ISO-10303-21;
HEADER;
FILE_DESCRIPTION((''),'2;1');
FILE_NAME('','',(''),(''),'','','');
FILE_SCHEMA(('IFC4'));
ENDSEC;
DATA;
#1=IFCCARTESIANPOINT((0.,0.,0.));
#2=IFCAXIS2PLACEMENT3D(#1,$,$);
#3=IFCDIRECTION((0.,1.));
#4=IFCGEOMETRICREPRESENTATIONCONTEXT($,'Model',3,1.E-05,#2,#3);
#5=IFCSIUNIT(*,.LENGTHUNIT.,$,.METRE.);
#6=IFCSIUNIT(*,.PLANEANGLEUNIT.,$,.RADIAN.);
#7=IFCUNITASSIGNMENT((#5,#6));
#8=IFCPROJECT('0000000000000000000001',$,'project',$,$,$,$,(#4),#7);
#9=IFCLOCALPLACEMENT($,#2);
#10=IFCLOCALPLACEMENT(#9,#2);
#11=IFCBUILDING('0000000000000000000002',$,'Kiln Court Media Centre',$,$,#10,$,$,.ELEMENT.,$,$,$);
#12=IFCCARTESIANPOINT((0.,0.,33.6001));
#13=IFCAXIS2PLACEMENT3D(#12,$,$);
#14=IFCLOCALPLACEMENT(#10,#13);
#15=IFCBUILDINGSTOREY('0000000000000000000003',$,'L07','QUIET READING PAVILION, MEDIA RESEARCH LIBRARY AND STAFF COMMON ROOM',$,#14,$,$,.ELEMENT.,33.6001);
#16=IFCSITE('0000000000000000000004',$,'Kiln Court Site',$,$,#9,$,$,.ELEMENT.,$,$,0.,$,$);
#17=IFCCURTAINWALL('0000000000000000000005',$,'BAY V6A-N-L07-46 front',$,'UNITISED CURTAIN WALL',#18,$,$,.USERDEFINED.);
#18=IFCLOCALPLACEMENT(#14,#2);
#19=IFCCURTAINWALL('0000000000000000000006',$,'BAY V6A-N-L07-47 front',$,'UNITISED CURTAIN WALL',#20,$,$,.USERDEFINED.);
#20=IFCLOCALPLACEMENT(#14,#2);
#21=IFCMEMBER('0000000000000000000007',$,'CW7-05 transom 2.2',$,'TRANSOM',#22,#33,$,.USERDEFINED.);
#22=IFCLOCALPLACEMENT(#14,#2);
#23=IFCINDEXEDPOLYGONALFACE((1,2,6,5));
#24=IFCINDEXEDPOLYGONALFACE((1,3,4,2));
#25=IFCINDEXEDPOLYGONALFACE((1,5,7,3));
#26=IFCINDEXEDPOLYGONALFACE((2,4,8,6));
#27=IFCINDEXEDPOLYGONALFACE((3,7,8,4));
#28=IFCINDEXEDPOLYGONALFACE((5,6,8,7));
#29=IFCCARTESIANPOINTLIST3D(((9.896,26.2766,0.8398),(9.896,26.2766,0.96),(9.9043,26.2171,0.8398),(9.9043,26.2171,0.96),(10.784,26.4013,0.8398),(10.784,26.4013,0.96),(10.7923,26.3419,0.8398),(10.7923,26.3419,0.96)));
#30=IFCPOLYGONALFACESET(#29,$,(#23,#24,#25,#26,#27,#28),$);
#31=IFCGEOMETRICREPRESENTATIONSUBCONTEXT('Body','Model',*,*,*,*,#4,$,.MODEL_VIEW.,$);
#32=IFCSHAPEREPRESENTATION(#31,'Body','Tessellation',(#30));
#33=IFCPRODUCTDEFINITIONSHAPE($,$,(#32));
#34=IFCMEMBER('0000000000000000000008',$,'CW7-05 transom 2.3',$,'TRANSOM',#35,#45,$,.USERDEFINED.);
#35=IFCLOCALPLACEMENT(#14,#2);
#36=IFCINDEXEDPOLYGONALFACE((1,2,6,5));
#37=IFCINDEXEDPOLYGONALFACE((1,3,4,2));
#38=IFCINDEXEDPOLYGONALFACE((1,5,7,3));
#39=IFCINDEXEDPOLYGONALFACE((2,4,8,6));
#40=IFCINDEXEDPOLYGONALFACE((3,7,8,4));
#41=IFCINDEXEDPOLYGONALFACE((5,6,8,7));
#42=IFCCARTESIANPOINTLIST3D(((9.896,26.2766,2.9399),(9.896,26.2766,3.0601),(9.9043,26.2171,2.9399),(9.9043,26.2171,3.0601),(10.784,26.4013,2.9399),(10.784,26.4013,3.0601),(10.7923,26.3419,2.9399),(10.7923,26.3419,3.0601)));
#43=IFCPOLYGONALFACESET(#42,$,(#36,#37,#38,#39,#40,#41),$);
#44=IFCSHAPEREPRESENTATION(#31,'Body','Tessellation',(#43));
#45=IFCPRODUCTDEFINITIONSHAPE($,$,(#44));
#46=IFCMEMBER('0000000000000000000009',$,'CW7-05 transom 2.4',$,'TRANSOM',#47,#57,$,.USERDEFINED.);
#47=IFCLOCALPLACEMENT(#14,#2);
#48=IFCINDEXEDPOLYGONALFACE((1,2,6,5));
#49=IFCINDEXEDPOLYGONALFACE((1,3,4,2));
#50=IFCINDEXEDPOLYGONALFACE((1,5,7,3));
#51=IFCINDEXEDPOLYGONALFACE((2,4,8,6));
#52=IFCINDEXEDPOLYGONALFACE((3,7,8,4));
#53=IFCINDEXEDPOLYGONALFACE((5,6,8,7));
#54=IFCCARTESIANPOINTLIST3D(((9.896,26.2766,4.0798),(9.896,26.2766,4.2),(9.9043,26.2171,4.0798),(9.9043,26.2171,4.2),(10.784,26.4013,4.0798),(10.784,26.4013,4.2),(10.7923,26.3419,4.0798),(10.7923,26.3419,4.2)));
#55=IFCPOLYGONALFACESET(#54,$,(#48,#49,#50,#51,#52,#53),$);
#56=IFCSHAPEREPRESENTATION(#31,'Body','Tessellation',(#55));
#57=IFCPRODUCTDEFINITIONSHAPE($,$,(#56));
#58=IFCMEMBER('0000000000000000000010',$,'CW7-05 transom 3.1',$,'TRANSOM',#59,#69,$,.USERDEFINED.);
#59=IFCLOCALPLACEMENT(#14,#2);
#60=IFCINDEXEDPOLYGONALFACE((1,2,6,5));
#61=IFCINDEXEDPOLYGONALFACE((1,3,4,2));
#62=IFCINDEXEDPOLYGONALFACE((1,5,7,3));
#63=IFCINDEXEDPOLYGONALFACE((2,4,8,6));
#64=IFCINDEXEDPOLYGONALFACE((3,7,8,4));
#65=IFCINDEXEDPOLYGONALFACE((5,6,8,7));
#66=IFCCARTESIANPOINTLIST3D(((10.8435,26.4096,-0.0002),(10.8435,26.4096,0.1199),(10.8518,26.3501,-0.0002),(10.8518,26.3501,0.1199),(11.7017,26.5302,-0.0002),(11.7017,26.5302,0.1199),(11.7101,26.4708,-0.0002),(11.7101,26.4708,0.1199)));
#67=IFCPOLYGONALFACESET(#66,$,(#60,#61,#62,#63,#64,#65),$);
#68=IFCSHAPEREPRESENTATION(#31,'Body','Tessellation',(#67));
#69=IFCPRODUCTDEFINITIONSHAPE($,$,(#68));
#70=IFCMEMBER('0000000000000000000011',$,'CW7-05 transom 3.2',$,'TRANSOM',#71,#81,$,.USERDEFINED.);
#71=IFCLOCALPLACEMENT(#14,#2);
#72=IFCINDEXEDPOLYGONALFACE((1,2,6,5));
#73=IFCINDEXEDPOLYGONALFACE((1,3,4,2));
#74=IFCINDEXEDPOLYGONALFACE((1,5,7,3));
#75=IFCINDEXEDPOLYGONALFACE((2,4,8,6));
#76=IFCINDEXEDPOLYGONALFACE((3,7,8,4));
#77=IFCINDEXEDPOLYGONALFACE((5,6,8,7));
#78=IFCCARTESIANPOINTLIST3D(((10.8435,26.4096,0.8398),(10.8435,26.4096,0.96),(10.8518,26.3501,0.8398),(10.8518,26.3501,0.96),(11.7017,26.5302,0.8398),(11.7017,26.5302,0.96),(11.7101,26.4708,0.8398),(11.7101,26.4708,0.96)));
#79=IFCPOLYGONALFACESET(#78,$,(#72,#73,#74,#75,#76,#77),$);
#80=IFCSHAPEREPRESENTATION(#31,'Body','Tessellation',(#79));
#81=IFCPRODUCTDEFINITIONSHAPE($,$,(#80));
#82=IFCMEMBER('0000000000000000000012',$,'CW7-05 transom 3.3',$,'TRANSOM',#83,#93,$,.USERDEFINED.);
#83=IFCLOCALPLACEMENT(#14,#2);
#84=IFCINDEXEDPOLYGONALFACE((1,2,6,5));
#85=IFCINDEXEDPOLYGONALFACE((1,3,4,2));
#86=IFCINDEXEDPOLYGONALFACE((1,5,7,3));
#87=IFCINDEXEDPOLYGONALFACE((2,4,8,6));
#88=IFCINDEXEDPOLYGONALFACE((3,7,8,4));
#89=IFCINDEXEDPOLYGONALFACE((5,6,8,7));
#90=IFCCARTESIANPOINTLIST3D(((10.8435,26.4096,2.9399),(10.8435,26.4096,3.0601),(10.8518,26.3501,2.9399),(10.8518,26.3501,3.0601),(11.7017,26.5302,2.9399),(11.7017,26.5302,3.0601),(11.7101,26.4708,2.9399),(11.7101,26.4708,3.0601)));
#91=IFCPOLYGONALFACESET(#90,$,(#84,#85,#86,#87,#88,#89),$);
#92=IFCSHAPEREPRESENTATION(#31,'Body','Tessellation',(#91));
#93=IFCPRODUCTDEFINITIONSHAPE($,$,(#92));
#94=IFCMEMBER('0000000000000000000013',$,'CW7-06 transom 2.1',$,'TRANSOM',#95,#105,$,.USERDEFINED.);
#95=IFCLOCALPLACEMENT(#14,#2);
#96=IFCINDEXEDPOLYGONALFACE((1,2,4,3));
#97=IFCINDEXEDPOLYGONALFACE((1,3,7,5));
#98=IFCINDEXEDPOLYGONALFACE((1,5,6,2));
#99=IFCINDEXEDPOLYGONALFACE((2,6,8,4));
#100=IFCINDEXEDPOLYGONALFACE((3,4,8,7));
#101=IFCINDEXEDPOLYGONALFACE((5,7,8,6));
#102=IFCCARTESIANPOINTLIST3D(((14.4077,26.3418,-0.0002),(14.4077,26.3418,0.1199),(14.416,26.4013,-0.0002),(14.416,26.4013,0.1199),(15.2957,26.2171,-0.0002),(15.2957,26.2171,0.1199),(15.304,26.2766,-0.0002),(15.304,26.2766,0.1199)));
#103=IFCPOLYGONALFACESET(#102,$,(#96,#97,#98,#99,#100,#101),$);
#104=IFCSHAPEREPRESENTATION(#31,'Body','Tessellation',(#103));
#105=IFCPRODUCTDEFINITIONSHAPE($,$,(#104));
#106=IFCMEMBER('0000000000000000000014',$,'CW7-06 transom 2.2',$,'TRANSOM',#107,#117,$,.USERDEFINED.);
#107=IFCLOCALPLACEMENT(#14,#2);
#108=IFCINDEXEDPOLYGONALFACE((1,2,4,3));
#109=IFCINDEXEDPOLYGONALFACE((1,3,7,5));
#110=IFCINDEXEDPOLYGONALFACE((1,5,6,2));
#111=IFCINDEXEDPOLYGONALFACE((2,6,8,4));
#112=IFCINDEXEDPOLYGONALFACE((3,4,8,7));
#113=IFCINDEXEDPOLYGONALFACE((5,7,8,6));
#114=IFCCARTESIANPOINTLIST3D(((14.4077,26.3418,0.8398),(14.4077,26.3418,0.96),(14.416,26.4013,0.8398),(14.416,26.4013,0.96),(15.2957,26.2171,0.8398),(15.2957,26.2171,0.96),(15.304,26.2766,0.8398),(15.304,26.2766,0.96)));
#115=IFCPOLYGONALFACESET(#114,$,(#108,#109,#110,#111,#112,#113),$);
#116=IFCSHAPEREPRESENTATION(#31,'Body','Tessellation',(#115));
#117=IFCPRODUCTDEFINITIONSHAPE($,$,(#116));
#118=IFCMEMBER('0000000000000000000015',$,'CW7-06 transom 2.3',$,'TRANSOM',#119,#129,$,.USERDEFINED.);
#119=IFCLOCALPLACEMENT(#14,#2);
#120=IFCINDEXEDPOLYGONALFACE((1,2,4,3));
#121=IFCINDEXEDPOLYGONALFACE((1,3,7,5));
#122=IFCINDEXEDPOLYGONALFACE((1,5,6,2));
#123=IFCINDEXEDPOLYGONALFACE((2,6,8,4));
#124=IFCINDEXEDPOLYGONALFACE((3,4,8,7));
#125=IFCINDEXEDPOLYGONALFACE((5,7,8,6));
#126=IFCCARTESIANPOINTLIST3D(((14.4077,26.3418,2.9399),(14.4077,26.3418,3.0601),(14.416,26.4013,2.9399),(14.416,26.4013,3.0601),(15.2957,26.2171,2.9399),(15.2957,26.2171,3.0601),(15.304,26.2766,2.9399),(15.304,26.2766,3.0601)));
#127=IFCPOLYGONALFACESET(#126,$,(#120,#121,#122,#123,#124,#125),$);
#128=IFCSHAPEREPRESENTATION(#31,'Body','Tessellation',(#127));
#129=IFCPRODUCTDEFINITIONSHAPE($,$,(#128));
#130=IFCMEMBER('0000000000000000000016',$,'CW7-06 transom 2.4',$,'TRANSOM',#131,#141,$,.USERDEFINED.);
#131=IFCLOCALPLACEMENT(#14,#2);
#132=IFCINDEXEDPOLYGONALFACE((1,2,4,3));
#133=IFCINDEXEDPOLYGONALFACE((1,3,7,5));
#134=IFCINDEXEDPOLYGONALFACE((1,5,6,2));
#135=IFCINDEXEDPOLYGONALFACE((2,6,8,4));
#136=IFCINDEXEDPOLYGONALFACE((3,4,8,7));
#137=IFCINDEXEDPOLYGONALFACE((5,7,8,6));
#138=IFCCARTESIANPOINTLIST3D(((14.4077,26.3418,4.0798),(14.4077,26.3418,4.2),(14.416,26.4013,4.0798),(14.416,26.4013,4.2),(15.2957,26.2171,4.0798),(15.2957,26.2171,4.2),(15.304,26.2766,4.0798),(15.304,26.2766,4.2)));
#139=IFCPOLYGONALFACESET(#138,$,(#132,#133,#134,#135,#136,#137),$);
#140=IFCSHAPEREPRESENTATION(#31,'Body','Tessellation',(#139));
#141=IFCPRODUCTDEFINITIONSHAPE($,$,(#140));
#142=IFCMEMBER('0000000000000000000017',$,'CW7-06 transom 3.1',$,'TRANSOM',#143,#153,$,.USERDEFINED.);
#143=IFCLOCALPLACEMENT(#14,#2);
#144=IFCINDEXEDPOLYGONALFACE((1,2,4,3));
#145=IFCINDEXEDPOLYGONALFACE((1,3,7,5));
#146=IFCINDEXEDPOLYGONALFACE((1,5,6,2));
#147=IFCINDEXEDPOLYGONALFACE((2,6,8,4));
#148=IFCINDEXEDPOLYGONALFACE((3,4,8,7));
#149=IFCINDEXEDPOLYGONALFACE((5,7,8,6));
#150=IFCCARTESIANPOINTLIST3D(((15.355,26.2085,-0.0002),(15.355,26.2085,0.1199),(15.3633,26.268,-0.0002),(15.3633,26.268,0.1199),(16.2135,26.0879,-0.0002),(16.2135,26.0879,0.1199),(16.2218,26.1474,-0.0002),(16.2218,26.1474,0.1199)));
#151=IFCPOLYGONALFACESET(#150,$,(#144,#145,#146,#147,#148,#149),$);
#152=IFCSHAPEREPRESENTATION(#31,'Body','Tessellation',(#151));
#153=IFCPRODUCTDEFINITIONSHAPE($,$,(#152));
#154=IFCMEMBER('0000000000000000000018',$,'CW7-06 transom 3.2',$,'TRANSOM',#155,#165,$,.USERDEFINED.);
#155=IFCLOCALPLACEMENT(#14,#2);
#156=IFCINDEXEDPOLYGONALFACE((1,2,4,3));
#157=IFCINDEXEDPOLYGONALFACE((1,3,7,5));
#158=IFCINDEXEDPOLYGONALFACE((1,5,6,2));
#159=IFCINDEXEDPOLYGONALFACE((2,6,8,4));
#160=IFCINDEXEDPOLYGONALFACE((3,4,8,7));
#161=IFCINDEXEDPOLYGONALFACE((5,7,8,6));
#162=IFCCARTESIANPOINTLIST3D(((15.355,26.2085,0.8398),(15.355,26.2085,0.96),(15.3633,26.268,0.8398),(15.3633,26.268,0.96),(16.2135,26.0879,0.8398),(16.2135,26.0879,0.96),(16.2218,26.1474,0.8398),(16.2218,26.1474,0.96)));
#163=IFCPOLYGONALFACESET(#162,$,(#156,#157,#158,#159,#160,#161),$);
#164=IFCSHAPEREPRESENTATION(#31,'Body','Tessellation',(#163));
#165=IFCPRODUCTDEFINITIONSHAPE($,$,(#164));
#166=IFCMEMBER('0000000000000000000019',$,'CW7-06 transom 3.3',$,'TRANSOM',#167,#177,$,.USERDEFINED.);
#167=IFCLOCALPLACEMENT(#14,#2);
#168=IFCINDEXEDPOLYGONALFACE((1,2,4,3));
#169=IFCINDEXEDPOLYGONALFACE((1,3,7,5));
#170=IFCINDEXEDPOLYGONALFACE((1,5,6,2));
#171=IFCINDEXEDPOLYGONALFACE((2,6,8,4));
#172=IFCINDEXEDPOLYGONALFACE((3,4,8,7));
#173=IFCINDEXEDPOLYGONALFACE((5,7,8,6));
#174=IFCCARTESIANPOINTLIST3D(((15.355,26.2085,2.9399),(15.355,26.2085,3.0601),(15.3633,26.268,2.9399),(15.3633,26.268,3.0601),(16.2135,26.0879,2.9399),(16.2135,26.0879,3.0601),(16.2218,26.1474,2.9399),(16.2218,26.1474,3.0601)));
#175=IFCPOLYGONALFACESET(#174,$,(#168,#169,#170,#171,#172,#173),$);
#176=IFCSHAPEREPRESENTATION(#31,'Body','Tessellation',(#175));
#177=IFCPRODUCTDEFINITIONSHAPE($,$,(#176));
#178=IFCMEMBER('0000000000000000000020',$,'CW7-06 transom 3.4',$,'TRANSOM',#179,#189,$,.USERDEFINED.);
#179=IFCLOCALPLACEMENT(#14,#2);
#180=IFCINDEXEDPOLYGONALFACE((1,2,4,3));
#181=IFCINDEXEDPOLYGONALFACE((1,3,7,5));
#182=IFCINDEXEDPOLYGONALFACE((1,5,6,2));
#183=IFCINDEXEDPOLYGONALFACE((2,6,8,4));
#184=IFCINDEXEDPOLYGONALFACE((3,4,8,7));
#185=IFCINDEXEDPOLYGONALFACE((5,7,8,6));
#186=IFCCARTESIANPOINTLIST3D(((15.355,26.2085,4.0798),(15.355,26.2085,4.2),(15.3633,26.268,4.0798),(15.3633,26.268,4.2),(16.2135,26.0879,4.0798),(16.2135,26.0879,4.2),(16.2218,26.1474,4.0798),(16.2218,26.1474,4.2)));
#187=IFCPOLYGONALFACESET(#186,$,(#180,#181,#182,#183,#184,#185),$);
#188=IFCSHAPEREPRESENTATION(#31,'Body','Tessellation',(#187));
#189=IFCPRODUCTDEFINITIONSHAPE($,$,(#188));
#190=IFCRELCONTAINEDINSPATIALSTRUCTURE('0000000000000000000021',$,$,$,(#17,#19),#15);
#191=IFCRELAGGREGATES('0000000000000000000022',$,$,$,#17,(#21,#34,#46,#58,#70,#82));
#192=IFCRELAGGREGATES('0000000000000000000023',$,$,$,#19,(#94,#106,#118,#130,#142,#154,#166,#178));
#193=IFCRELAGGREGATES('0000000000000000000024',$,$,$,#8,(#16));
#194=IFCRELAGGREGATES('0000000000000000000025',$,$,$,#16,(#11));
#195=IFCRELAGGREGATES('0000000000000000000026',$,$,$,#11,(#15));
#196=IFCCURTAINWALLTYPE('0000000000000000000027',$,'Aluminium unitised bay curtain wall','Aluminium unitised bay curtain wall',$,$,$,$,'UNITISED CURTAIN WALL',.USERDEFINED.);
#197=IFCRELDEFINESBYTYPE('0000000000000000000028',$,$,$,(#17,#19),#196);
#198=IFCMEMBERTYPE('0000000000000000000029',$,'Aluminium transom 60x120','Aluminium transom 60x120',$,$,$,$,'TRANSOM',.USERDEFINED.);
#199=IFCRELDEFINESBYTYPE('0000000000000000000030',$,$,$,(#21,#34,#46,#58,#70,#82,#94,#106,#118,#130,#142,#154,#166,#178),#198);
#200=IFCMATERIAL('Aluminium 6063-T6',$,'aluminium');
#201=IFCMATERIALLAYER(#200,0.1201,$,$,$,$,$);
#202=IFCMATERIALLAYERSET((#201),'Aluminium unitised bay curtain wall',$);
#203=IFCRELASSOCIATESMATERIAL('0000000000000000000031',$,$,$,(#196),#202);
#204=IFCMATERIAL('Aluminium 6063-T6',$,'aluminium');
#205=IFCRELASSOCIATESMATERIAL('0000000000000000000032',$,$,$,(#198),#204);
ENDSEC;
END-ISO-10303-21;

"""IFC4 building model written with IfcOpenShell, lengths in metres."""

from ifc_helpers import new_model, si_unit, direction, frame, origin, origin_2d, place, context, subcontext, project, spatial, rectangle, extrude, material, layer, layer_set, material_profile, profile_set, type_object, element, aggregate, save


model = new_model("IFC4")

# Units and contexts
model_context = context("Model", 3, precision=1e-05, world=origin(), true_north=direction((0.0, 1.0)))
body_context = subcontext(model_context, "Body", "Model", "MODEL_VIEW")
ifc_project = project(units=[si_unit("LENGTHUNIT", "METRE"), si_unit("PLANEANGLEUNIT", "RADIAN")], contexts=[model_context])

# Site, building, storey
site_placement = place(None, origin())
site = spatial("IfcSite", under=ifc_project, at=site_placement, Name="Kiln Court Site", CompositionType="ELEMENT", RefElevation=0.0)
building_placement = place(site_placement, origin())
building = spatial("IfcBuilding", under=site, at=building_placement, Name="Kiln Court Media Centre", CompositionType="ELEMENT")
storey_placement = place(building_placement, frame((0.0, 0.0, 33.6001)))
storey = spatial("IfcBuildingStorey", under=building, at=storey_placement, Name="L07", Description="QUIET READING PAVILION, MEDIA RESEARCH LIBRARY AND STAFF COMMON ROOM", CompositionType="ELEMENT", Elevation=33.6001)

# Curtain walls
ifc_material_1 = material(Name="Aluminium 6063-T6", Category="aluminium")
ifc_layer_1 = layer(ifc_material_1, 0.1201)
ifc_layer_set_1 = layer_set([ifc_layer_1], Name="Aluminium unitised bay curtain wall")
curtain_wall_type = type_object("IfcCurtainWallType", Name="Aluminium unitised bay curtain wall", Description="Aluminium unitised bay curtain wall", ElementType="UNITISED CURTAIN WALL", PredefinedType="USERDEFINED", material=ifc_layer_set_1)
curtain_wall_1_placement = place(storey_placement, origin())
curtain_wall_1 = element("IfcCurtainWall", 1, at=curtain_wall_1_placement, inside=storey, type_object=curtain_wall_type, Name="BAY V6A-N-L07-46 front", ObjectType="UNITISED CURTAIN WALL", PredefinedType="USERDEFINED")
curtain_wall_2_placement = place(storey_placement, origin())
curtain_wall_2 = element("IfcCurtainWall", 2, at=curtain_wall_2_placement, inside=storey, type_object=curtain_wall_type, Name="BAY V6A-N-L07-47 front", ObjectType="UNITISED CURTAIN WALL", PredefinedType="USERDEFINED")

# Members
ifc_material_2 = material(Name="Aluminium 6063-T6", Category="aluminium")
ifc_material_profile_1 = material_profile(ifc_material_2, rectangle(XDim=0.0601, YDim=0.1201, at=origin_2d()), Name="Aluminium transom 60x120")
ifc_profile_set_1 = profile_set([ifc_material_profile_1], Name="Aluminium 6063-T6")
member_type_1 = type_object("IfcMemberType", Name="Aluminium transom 60x120", Description="Aluminium transom 60x120", ElementType="TRANSOM", PredefinedType="USERDEFINED", material=ifc_profile_set_1)
member_1_placement = place(storey_placement, frame((9.9001, 26.2468, 0.8999), z_axis=(0.990274, 0.139134, 0.0), x_axis=(-0.139134, 0.990274, 0.0)))
member_1 = element("IfcMember", 3, at=member_1_placement, type_object=member_type_1, Name="CW7-05 transom 2.2", ObjectType="TRANSOM", PredefinedType="USERDEFINED", context=body_context, shape_type="SweptSolid", body=[
    extrude(rectangle(XDim=0.0601, YDim=0.1201, at=origin_2d()), origin(), (0.0, 0.0, 1.0), 0.8967),
])
member_2_placement = place(storey_placement, frame((9.9001, 26.2468, 3.0), z_axis=(0.990274, 0.139134, 0.0), x_axis=(-0.139134, 0.990274, 0.0)))
member_2 = element("IfcMember", 4, at=member_2_placement, type_object=member_type_1, Name="CW7-05 transom 2.3", ObjectType="TRANSOM", PredefinedType="USERDEFINED", context=body_context, shape_type="SweptSolid", body=[
    extrude(rectangle(XDim=0.0601, YDim=0.1201, at=origin_2d()), origin(), (0.0, 0.0, 1.0), 0.8967),
])
member_3_placement = place(storey_placement, frame((9.9001, 26.2468, 4.1399), z_axis=(0.990274, 0.139134, 0.0), x_axis=(-0.139134, 0.990274, 0.0)))
member_3 = element("IfcMember", 5, at=member_3_placement, type_object=member_type_1, Name="CW7-05 transom 2.4", ObjectType="TRANSOM", PredefinedType="USERDEFINED", context=body_context, shape_type="SweptSolid", body=[
    extrude(rectangle(XDim=0.0601, YDim=0.1201, at=origin_2d()), origin(), (0.0, 0.0, 1.0), 0.8967),
])
member_4_placement = place(storey_placement, frame((10.8477, 26.3799, 0.0598), z_axis=(0.990268, 0.139173, 0.0), x_axis=(-0.139173, 0.990268, 0.0)))
member_4 = element("IfcMember", 6, at=member_4_placement, type_object=member_type_1, Name="CW7-05 transom 3.1", ObjectType="TRANSOM", PredefinedType="USERDEFINED", context=body_context, shape_type="SweptSolid", body=[
    extrude(rectangle(XDim=0.0601, YDim=0.1201, at=origin_2d()), origin(), (0.0, 0.0, 1.0), 0.8667),
])
member_5_placement = place(storey_placement, frame((10.8477, 26.3799, 0.8999), z_axis=(0.990268, 0.139173, 0.0), x_axis=(-0.139173, 0.990268, 0.0)))
member_5 = element("IfcMember", 7, at=member_5_placement, type_object=member_type_1, Name="CW7-05 transom 3.2", ObjectType="TRANSOM", PredefinedType="USERDEFINED", context=body_context, shape_type="SweptSolid", body=[
    extrude(rectangle(XDim=0.0601, YDim=0.1201, at=origin_2d()), origin(), (0.0, 0.0, 1.0), 0.8667),
])
member_6_placement = place(storey_placement, frame((10.8477, 26.3799, 3.0), z_axis=(0.990268, 0.139173, 0.0), x_axis=(-0.139173, 0.990268, 0.0)))
member_6 = element("IfcMember", 8, at=member_6_placement, type_object=member_type_1, Name="CW7-05 transom 3.3", ObjectType="TRANSOM", PredefinedType="USERDEFINED", context=body_context, shape_type="SweptSolid", body=[
    extrude(rectangle(XDim=0.0601, YDim=0.1201, at=origin_2d()), origin(), (0.0, 0.0, 1.0), 0.8667),
])
member_7_placement = place(storey_placement, frame((14.4119, 26.3716, 0.0598), z_axis=(0.990274, -0.139134, 0.0), x_axis=(0.139134, 0.990274, 0.0)))
member_7 = element("IfcMember", 9, at=member_7_placement, type_object=member_type_1, Name="CW7-06 transom 2.1", ObjectType="TRANSOM", PredefinedType="USERDEFINED", context=body_context, shape_type="SweptSolid", body=[
    extrude(rectangle(XDim=0.0601, YDim=0.1201, at=origin_2d()), origin(), (0.0, 0.0, 1.0), 0.8967),
])
member_8_placement = place(storey_placement, frame((14.4119, 26.3716, 0.8999), z_axis=(0.990274, -0.139134, 0.0), x_axis=(0.139134, 0.990274, 0.0)))
member_8 = element("IfcMember", 10, at=member_8_placement, type_object=member_type_1, Name="CW7-06 transom 2.2", ObjectType="TRANSOM", PredefinedType="USERDEFINED", context=body_context, shape_type="SweptSolid", body=[
    extrude(rectangle(XDim=0.0601, YDim=0.1201, at=origin_2d()), origin(), (0.0, 0.0, 1.0), 0.8967),
])
member_9_placement = place(storey_placement, frame((14.4119, 26.3716, 3.0), z_axis=(0.990274, -0.139134, 0.0), x_axis=(0.139134, 0.990274, 0.0)))
member_9 = element("IfcMember", 11, at=member_9_placement, type_object=member_type_1, Name="CW7-06 transom 2.3", ObjectType="TRANSOM", PredefinedType="USERDEFINED", context=body_context, shape_type="SweptSolid", body=[
    extrude(rectangle(XDim=0.0601, YDim=0.1201, at=origin_2d()), origin(), (0.0, 0.0, 1.0), 0.8967),
])
member_10_placement = place(storey_placement, frame((14.4119, 26.3716, 4.1399), z_axis=(0.990274, -0.139134, 0.0), x_axis=(0.139134, 0.990274, 0.0)))
member_10 = element("IfcMember", 12, at=member_10_placement, type_object=member_type_1, Name="CW7-06 transom 2.4", ObjectType="TRANSOM", PredefinedType="USERDEFINED", context=body_context, shape_type="SweptSolid", body=[
    extrude(rectangle(XDim=0.0601, YDim=0.1201, at=origin_2d()), origin(), (0.0, 0.0, 1.0), 0.8967),
])
member_11_placement = place(storey_placement, frame((15.3591, 26.2383, 0.0598), z_axis=(0.990274, -0.139134, 0.0), x_axis=(0.139134, 0.990274, 0.0)))
member_11 = element("IfcMember", 13, at=member_11_placement, type_object=member_type_1, Name="CW7-06 transom 3.1", ObjectType="TRANSOM", PredefinedType="USERDEFINED", context=body_context, shape_type="SweptSolid", body=[
    extrude(rectangle(XDim=0.0601, YDim=0.1201, at=origin_2d()), origin(), (0.0, 0.0, 1.0), 0.8669),
])
member_12_placement = place(storey_placement, frame((15.3591, 26.2383, 0.8999), z_axis=(0.990274, -0.139134, 0.0), x_axis=(0.139134, 0.990274, 0.0)))
member_12 = element("IfcMember", 14, at=member_12_placement, type_object=member_type_1, Name="CW7-06 transom 3.2", ObjectType="TRANSOM", PredefinedType="USERDEFINED", context=body_context, shape_type="SweptSolid", body=[
    extrude(rectangle(XDim=0.0601, YDim=0.1201, at=origin_2d()), origin(), (0.0, 0.0, 1.0), 0.8669),
])
member_13_placement = place(storey_placement, frame((15.3591, 26.2383, 3.0), z_axis=(0.990274, -0.139134, 0.0), x_axis=(0.139134, 0.990274, 0.0)))
member_13 = element("IfcMember", 15, at=member_13_placement, type_object=member_type_1, Name="CW7-06 transom 3.3", ObjectType="TRANSOM", PredefinedType="USERDEFINED", context=body_context, shape_type="SweptSolid", body=[
    extrude(rectangle(XDim=0.0601, YDim=0.1201, at=origin_2d()), origin(), (0.0, 0.0, 1.0), 0.8669),
])
member_14_placement = place(storey_placement, frame((15.3591, 26.2383, 4.1399), z_axis=(0.990274, -0.139134, 0.0), x_axis=(0.139134, 0.990274, 0.0)))
member_14 = element("IfcMember", 16, at=member_14_placement, type_object=member_type_1, Name="CW7-06 transom 3.4", ObjectType="TRANSOM", PredefinedType="USERDEFINED", context=body_context, shape_type="SweptSolid", body=[
    extrude(rectangle(XDim=0.0601, YDim=0.1201, at=origin_2d()), origin(), (0.0, 0.0, 1.0), 0.8669),
])

aggregate(curtain_wall_1, [member_1, member_2, member_3, member_4, member_5, member_6])
aggregate(curtain_wall_2, [member_7, member_8, member_9, member_10, member_11, member_12, member_13, member_14])

save(model, "model.ifc")
